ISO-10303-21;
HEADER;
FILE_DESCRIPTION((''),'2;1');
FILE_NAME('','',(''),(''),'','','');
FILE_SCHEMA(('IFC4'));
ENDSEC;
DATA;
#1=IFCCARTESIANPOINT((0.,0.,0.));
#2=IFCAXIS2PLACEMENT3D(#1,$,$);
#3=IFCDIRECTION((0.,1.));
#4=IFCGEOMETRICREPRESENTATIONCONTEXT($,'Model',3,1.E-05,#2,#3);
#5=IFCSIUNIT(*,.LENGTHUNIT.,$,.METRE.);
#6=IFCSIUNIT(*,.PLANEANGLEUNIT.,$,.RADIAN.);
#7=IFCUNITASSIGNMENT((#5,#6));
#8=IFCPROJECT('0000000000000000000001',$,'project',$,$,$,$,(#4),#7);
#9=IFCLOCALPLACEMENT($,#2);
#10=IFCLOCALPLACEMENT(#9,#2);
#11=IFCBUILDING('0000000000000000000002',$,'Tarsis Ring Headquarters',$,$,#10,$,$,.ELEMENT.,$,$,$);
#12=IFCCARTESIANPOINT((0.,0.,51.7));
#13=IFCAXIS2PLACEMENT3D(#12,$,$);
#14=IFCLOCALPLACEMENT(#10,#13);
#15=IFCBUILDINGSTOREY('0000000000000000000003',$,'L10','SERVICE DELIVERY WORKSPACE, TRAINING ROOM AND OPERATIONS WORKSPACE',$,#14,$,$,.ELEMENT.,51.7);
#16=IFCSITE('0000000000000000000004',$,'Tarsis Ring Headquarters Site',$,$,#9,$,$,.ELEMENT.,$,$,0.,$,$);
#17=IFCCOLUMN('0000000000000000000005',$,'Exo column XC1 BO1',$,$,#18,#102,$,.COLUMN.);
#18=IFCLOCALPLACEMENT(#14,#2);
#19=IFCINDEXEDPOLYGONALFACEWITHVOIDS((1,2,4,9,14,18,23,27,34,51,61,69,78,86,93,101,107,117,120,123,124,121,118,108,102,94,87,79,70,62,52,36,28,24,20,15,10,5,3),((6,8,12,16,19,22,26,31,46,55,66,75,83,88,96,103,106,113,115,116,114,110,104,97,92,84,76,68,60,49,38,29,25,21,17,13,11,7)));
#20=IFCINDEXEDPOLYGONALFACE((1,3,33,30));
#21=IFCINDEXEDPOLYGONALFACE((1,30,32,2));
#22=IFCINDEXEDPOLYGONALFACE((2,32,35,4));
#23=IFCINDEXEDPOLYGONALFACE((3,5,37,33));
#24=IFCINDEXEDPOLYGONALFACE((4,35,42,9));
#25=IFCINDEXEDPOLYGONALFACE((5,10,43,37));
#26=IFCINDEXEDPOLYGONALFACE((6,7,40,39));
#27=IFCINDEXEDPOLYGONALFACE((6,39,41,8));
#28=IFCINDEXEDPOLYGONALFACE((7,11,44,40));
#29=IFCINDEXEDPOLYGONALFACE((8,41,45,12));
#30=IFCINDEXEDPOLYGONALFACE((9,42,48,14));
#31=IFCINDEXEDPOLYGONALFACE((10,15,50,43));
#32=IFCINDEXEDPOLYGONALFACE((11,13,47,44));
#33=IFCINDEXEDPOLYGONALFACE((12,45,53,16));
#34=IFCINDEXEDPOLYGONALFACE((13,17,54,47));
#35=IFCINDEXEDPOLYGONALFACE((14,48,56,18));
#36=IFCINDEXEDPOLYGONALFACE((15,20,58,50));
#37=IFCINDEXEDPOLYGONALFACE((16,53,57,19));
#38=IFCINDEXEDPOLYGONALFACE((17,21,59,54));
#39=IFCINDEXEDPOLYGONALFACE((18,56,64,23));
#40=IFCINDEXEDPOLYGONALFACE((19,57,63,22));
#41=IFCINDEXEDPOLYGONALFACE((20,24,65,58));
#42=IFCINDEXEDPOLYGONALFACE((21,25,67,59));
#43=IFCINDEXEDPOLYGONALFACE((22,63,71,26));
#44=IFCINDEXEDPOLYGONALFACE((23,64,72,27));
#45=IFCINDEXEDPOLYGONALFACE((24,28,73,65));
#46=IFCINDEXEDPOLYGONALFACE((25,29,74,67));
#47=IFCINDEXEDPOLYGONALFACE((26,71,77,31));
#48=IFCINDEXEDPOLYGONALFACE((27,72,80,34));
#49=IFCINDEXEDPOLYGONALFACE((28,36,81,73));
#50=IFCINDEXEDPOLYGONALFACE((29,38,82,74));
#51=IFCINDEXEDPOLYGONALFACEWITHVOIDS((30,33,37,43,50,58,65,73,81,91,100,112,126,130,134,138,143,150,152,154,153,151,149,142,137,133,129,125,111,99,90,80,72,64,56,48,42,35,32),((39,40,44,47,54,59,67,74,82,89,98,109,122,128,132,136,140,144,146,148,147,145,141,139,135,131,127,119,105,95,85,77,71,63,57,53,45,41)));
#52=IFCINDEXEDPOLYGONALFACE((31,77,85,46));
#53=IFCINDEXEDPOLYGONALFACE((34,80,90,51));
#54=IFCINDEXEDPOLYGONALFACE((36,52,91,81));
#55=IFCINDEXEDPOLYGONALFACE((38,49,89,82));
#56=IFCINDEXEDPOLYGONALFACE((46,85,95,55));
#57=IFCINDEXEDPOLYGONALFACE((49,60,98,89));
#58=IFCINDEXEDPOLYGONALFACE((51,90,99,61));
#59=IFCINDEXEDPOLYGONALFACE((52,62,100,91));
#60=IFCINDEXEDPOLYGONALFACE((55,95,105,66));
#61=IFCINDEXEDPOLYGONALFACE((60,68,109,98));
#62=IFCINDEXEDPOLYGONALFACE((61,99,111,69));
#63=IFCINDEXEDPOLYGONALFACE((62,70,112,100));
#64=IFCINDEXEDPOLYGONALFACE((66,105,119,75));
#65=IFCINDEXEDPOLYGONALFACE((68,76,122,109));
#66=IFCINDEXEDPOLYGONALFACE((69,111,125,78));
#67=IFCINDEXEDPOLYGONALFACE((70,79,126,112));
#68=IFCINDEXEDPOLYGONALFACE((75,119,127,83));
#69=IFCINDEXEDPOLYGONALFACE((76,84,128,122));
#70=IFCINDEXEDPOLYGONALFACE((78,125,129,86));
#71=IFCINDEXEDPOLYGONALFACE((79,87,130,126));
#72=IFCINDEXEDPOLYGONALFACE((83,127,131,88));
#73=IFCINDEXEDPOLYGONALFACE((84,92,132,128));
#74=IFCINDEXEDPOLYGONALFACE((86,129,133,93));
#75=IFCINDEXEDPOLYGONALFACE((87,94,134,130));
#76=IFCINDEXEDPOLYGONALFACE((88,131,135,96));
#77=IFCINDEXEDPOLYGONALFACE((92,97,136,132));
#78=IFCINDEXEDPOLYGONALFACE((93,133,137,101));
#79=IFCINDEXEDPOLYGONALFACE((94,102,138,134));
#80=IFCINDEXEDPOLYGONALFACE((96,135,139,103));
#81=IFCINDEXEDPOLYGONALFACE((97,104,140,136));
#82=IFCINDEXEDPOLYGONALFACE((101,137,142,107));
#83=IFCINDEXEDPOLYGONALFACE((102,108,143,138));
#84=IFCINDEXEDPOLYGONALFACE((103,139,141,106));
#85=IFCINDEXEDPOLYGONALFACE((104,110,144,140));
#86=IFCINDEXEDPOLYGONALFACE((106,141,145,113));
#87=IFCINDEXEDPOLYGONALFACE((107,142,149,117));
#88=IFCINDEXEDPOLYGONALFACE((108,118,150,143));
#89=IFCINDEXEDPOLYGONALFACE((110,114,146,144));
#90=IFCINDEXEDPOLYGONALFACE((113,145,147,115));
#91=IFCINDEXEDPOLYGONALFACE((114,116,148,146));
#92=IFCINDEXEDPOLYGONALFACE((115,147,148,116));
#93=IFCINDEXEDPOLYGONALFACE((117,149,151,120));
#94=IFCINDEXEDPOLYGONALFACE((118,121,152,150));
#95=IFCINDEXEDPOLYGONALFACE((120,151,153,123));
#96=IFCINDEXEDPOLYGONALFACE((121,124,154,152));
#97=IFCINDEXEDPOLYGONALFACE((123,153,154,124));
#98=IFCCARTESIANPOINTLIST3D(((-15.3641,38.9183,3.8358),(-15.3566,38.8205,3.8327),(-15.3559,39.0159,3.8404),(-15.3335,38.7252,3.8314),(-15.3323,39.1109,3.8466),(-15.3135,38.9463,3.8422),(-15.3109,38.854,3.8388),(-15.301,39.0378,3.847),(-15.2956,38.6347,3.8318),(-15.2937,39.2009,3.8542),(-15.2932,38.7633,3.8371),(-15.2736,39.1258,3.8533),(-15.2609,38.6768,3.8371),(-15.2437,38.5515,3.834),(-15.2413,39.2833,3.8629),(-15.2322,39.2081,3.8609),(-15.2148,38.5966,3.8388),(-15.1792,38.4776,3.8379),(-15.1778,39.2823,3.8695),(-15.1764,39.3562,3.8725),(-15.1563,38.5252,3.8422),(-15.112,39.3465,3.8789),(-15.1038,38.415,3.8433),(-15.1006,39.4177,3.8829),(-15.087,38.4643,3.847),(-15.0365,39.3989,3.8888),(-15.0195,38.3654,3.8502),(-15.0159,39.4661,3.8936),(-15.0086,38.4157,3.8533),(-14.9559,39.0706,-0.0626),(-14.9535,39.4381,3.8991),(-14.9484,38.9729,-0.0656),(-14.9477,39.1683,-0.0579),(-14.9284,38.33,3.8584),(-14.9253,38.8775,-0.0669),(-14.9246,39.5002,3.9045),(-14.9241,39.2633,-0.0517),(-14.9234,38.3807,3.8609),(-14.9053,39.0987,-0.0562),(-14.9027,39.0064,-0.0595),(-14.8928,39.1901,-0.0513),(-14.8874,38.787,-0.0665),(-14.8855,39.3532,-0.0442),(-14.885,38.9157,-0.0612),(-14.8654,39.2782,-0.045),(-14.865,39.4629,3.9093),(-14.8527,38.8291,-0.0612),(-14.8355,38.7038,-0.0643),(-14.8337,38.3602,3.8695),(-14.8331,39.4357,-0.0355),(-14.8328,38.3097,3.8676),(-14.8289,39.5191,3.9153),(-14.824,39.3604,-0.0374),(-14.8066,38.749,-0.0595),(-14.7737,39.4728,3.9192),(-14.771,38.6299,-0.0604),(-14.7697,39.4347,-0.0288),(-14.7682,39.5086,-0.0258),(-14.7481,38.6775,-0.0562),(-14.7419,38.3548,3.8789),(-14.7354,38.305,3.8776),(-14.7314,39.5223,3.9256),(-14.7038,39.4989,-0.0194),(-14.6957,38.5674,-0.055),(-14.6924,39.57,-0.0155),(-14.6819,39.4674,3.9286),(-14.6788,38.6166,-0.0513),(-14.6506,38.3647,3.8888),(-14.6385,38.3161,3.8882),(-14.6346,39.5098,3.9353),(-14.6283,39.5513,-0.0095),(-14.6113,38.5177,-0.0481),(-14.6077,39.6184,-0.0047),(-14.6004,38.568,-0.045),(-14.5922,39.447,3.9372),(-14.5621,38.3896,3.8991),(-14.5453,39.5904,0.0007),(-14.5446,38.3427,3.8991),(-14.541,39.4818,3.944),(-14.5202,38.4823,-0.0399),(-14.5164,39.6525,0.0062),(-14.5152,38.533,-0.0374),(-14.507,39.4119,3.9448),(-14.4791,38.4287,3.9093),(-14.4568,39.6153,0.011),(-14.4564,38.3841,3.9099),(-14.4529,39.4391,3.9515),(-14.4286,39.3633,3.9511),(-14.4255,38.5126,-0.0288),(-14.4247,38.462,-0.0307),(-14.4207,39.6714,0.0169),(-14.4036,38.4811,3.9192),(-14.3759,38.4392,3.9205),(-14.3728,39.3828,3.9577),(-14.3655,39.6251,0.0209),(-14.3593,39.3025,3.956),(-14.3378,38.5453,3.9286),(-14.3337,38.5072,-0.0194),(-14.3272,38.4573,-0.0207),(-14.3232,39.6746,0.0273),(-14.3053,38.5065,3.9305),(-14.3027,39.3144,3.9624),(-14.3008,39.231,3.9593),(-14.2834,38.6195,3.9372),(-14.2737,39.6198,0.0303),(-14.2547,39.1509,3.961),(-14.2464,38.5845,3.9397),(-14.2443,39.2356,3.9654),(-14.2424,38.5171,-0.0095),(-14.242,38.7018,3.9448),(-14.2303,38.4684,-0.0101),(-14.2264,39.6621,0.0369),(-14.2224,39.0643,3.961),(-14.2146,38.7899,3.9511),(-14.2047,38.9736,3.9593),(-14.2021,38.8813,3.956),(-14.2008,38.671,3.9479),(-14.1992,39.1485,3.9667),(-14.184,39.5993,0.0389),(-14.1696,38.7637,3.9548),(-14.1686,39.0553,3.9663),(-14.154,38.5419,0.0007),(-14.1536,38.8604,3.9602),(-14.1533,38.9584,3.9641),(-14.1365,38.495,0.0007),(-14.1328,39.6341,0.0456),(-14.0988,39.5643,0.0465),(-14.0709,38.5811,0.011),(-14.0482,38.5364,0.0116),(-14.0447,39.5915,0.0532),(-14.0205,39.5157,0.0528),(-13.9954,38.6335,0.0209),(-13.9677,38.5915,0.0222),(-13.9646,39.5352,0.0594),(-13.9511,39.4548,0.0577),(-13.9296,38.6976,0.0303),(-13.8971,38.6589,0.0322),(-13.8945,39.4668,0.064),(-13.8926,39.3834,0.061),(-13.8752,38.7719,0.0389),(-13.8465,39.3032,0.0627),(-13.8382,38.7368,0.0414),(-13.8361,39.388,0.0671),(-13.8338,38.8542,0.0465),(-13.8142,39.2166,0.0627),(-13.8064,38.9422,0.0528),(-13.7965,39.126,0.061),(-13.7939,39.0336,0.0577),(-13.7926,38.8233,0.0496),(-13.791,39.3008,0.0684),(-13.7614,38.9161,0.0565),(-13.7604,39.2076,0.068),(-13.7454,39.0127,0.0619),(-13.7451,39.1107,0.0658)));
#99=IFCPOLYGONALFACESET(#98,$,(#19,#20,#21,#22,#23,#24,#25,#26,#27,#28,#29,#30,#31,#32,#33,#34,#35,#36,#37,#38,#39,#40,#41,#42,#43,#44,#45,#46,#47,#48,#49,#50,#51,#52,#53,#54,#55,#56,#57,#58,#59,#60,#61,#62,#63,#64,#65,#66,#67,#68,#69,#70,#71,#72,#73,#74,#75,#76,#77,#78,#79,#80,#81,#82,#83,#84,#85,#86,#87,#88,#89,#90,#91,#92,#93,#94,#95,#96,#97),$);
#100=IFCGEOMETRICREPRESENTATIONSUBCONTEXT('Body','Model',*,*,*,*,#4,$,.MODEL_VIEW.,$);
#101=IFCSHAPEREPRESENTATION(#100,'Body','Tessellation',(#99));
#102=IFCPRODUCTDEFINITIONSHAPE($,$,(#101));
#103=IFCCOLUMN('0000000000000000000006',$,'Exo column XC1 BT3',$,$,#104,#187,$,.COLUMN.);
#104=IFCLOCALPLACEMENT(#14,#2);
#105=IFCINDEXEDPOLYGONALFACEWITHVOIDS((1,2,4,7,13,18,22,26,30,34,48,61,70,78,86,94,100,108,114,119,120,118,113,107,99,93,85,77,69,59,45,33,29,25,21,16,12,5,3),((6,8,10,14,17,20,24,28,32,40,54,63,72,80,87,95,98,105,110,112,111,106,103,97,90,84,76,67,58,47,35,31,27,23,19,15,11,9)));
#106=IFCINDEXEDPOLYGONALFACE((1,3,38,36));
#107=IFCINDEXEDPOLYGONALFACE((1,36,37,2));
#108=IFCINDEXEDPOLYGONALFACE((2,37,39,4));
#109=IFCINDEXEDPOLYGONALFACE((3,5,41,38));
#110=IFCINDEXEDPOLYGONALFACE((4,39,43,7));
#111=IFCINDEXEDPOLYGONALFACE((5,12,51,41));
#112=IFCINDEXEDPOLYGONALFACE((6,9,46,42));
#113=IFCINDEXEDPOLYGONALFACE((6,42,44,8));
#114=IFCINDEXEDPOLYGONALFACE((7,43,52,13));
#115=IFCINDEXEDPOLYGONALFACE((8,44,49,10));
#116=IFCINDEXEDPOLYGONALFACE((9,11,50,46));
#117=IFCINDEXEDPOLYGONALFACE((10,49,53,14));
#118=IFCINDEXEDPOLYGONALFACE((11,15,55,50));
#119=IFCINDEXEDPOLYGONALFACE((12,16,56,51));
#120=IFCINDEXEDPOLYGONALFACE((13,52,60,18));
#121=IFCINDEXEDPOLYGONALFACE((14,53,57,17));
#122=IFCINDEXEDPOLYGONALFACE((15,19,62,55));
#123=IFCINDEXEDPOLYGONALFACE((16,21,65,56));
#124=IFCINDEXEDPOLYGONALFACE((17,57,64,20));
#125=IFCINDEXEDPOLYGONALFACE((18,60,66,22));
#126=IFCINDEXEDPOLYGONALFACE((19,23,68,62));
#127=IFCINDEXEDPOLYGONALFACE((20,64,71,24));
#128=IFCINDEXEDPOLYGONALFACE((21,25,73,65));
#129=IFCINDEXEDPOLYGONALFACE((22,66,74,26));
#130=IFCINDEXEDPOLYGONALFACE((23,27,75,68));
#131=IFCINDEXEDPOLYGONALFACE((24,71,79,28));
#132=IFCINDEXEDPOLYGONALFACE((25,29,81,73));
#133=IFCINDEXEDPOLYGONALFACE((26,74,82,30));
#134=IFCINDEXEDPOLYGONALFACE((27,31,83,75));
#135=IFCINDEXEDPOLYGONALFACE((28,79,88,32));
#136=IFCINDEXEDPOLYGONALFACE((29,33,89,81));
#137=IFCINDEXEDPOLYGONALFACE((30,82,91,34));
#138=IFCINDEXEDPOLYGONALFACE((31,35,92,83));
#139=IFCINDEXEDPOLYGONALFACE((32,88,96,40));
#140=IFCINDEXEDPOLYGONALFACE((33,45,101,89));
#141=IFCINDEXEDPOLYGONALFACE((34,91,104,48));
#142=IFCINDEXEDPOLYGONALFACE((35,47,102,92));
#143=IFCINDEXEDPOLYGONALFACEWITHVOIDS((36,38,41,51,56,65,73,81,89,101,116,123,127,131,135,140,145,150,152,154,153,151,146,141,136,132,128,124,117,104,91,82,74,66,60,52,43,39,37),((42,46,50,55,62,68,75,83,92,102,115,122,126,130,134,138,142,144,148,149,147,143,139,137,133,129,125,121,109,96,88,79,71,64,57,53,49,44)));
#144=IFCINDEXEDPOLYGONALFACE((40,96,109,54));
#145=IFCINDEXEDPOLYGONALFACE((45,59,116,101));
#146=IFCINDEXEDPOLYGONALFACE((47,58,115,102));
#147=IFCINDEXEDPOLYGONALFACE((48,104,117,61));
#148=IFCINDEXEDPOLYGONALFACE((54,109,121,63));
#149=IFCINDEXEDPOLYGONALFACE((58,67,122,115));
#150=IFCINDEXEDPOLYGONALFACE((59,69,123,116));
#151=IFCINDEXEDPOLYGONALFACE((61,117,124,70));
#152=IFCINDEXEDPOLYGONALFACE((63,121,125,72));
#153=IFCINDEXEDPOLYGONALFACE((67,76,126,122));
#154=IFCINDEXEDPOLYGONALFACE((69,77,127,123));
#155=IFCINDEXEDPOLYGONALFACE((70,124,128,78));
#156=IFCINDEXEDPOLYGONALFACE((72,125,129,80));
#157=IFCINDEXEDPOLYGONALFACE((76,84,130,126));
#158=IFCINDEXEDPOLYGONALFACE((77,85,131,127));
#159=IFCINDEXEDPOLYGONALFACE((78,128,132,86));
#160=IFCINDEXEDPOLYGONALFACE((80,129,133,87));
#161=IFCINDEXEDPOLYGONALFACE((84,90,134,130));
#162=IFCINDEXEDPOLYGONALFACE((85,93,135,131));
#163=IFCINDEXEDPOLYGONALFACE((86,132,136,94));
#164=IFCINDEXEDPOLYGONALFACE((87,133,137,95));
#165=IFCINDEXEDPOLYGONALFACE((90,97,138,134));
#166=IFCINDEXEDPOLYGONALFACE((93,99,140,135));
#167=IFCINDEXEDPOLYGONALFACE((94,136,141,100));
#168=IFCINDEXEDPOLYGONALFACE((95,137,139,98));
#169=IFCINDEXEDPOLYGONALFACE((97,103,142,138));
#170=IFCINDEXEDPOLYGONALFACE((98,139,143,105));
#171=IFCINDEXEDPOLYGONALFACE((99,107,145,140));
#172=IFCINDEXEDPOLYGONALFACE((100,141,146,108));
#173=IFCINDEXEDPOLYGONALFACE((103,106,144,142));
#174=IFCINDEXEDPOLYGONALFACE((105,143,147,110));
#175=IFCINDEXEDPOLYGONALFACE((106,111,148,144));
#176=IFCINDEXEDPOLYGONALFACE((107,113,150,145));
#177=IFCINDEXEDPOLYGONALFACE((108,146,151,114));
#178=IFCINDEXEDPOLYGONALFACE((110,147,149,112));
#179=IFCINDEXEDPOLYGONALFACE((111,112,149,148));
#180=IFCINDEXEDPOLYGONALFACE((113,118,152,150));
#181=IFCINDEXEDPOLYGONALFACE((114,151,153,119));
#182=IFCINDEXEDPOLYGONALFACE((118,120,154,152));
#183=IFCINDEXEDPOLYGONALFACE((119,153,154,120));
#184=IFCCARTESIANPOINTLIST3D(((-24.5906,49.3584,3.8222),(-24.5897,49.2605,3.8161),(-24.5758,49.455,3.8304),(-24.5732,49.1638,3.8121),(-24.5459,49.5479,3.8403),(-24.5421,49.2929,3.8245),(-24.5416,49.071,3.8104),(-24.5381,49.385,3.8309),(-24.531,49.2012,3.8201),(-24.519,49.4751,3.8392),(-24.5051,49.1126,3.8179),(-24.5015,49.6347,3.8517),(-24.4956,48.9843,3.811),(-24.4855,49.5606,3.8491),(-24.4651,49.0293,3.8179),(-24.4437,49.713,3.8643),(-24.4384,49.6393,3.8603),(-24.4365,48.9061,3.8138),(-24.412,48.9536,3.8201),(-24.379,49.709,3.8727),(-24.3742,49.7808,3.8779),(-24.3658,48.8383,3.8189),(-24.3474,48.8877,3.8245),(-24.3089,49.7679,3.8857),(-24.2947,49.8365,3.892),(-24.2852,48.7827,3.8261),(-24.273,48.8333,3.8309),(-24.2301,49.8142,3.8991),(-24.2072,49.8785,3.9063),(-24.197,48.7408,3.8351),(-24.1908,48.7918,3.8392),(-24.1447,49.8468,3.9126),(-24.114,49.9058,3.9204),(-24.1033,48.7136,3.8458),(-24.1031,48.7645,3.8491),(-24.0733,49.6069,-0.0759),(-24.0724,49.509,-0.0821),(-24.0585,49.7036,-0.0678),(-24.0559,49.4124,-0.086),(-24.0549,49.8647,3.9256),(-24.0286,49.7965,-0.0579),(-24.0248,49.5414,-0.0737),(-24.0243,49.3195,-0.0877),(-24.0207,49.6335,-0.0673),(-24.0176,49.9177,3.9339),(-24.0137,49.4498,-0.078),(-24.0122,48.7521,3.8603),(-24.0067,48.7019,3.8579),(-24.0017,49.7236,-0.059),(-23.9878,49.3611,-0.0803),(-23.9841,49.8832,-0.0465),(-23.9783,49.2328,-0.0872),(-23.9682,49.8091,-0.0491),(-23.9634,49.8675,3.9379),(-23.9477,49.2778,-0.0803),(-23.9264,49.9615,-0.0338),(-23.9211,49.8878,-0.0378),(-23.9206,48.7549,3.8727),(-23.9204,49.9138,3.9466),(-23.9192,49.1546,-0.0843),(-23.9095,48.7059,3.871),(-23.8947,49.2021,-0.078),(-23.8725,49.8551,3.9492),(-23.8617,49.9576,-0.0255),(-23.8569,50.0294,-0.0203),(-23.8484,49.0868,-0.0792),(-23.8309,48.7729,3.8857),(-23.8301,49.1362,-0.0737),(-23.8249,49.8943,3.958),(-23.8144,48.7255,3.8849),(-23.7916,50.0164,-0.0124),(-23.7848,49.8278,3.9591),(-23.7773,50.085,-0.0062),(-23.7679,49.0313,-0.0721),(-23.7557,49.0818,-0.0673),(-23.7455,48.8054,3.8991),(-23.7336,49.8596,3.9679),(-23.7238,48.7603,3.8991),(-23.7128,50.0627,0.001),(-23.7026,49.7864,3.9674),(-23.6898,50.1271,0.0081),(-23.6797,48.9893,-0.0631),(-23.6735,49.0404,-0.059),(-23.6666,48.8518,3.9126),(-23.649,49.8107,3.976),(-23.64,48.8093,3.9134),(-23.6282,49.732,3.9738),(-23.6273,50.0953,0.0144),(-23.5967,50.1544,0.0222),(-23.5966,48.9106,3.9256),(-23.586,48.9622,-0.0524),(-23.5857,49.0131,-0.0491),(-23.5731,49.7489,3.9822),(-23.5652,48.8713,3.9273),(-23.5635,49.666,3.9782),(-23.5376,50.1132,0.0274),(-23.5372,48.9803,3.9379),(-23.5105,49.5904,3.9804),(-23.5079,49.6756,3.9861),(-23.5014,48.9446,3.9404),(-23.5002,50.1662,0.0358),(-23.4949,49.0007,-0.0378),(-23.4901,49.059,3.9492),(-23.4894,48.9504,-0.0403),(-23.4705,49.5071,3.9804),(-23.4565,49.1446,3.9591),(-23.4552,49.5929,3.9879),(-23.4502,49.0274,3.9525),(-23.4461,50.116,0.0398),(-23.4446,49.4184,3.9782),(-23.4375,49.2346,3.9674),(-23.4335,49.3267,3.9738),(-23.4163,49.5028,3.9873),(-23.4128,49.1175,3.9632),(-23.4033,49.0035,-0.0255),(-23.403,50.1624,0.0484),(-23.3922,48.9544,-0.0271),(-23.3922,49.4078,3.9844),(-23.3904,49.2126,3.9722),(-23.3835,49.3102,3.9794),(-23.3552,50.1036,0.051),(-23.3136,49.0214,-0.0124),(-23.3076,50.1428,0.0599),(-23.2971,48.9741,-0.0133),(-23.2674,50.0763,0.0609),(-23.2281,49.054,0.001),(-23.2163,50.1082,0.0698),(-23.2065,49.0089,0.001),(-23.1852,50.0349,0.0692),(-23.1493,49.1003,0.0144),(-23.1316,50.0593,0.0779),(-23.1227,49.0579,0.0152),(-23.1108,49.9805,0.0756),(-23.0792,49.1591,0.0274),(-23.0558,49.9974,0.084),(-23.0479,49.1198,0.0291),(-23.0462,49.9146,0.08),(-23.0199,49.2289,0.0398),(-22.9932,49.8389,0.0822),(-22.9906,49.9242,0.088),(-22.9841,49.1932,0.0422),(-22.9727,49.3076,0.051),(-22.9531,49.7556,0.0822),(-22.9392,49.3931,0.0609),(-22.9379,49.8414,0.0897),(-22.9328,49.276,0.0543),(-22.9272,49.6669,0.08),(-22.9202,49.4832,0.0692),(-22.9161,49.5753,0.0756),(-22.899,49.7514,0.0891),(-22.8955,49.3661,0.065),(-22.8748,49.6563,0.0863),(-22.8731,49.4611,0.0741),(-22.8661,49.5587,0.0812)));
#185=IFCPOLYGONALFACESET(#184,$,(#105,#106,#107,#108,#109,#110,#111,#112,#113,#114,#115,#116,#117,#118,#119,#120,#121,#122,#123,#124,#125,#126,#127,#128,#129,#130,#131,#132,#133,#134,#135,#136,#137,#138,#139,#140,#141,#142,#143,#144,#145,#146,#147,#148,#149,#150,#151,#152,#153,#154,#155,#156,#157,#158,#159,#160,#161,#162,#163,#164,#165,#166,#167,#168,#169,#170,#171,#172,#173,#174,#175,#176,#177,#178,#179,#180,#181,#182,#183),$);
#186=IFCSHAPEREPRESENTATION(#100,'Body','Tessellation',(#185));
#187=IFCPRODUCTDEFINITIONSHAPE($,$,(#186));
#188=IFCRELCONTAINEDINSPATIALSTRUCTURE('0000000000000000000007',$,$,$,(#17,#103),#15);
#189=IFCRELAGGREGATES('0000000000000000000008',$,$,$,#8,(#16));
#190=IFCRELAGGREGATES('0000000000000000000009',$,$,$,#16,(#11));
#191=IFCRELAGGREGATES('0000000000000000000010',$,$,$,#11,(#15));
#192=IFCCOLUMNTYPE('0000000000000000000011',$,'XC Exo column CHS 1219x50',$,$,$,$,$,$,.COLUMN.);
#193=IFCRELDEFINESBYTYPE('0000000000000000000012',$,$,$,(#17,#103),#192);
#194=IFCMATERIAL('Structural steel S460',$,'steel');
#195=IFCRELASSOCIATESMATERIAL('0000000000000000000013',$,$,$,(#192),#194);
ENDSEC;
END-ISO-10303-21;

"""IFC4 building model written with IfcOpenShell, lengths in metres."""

from ifc_helpers import new_model, si_unit, direction, frame, origin, origin_2d, place, context, subcontext, project, spatial, hollow_circle, extrude, material, material_profile, profile_set, type_object, element, save


model = new_model("IFC4")

# Units and contexts
model_context = context("Model", 3, precision=1e-05, world=origin(), true_north=direction((0.0, 1.0)))
body_context = subcontext(model_context, "Body", "Model", "MODEL_VIEW")
ifc_project = project(units=[si_unit("LENGTHUNIT", "METRE"), si_unit("PLANEANGLEUNIT", "RADIAN")], contexts=[model_context])

# Site, building, storey
site_placement = place(None, origin())
site = spatial("IfcSite", under=ifc_project, at=site_placement, Name="Tarsis Ring Headquarters Site", CompositionType="ELEMENT", RefElevation=0.0)
building_placement = place(site_placement, origin())
building = spatial("IfcBuilding", under=site, at=building_placement, Name="Tarsis Ring Headquarters", CompositionType="ELEMENT")
storey_placement = place(building_placement, frame((0.0, 0.0, 51.7)))
storey = spatial("IfcBuildingStorey", under=building, at=storey_placement, Name="L10", Description="SERVICE DELIVERY WORKSPACE, TRAINING ROOM AND OPERATIONS WORKSPACE", CompositionType="ELEMENT", Elevation=51.7)

# Columns
ifc_material_1 = material(Name="Structural steel S460", Category="steel")
ifc_material_profile_1 = material_profile(ifc_material_1, hollow_circle(Radius=0.6096, WallThickness=0.05, at=origin_2d()), Name="CHS 1219x50")
ifc_profile_set_1 = profile_set([ifc_material_profile_1], Name="Structural steel S460")
column_type = type_object("IfcColumnType", Name="XC Exo column CHS 1219x50", PredefinedType="COLUMN", material=ifc_profile_set_1)
column_1_placement = place(storey_placement, frame((-14.3496, 39.0662, 0.0007), z_axis=(-0.104062, -0.038836, 0.993812), x_axis=(0.349649, -0.936881, 0.0)))
element("IfcColumn", 1, at=column_1_placement, inside=storey, type_object=column_type, Name="Exo column XC1 BO1", PredefinedType="COLUMN", context=body_context, shape_type="SweptSolid", body=[
    extrude(hollow_circle(Radius=0.6096, WallThickness=0.05, at=origin_2d()), origin(), (0.0, 0.0, 1.0), 3.9226),
])
column_2_placement = place(storey_placement, frame((-23.4705, 49.5583, 0.001), z_axis=(-0.131296, -0.063077, 0.989335), x_axis=(0.433035, -0.901377, 0.0)))
element("IfcColumn", 2, at=column_2_placement, inside=storey, type_object=column_type, Name="Exo column XC1 BT3", PredefinedType="COLUMN", context=body_context, shape_type="SweptSolid", body=[
    extrude(hollow_circle(Radius=0.6096, WallThickness=0.05, at=origin_2d()), origin(), (0.0, 0.0, 1.0), 3.9402),
])

save(model, "model.ifc")
